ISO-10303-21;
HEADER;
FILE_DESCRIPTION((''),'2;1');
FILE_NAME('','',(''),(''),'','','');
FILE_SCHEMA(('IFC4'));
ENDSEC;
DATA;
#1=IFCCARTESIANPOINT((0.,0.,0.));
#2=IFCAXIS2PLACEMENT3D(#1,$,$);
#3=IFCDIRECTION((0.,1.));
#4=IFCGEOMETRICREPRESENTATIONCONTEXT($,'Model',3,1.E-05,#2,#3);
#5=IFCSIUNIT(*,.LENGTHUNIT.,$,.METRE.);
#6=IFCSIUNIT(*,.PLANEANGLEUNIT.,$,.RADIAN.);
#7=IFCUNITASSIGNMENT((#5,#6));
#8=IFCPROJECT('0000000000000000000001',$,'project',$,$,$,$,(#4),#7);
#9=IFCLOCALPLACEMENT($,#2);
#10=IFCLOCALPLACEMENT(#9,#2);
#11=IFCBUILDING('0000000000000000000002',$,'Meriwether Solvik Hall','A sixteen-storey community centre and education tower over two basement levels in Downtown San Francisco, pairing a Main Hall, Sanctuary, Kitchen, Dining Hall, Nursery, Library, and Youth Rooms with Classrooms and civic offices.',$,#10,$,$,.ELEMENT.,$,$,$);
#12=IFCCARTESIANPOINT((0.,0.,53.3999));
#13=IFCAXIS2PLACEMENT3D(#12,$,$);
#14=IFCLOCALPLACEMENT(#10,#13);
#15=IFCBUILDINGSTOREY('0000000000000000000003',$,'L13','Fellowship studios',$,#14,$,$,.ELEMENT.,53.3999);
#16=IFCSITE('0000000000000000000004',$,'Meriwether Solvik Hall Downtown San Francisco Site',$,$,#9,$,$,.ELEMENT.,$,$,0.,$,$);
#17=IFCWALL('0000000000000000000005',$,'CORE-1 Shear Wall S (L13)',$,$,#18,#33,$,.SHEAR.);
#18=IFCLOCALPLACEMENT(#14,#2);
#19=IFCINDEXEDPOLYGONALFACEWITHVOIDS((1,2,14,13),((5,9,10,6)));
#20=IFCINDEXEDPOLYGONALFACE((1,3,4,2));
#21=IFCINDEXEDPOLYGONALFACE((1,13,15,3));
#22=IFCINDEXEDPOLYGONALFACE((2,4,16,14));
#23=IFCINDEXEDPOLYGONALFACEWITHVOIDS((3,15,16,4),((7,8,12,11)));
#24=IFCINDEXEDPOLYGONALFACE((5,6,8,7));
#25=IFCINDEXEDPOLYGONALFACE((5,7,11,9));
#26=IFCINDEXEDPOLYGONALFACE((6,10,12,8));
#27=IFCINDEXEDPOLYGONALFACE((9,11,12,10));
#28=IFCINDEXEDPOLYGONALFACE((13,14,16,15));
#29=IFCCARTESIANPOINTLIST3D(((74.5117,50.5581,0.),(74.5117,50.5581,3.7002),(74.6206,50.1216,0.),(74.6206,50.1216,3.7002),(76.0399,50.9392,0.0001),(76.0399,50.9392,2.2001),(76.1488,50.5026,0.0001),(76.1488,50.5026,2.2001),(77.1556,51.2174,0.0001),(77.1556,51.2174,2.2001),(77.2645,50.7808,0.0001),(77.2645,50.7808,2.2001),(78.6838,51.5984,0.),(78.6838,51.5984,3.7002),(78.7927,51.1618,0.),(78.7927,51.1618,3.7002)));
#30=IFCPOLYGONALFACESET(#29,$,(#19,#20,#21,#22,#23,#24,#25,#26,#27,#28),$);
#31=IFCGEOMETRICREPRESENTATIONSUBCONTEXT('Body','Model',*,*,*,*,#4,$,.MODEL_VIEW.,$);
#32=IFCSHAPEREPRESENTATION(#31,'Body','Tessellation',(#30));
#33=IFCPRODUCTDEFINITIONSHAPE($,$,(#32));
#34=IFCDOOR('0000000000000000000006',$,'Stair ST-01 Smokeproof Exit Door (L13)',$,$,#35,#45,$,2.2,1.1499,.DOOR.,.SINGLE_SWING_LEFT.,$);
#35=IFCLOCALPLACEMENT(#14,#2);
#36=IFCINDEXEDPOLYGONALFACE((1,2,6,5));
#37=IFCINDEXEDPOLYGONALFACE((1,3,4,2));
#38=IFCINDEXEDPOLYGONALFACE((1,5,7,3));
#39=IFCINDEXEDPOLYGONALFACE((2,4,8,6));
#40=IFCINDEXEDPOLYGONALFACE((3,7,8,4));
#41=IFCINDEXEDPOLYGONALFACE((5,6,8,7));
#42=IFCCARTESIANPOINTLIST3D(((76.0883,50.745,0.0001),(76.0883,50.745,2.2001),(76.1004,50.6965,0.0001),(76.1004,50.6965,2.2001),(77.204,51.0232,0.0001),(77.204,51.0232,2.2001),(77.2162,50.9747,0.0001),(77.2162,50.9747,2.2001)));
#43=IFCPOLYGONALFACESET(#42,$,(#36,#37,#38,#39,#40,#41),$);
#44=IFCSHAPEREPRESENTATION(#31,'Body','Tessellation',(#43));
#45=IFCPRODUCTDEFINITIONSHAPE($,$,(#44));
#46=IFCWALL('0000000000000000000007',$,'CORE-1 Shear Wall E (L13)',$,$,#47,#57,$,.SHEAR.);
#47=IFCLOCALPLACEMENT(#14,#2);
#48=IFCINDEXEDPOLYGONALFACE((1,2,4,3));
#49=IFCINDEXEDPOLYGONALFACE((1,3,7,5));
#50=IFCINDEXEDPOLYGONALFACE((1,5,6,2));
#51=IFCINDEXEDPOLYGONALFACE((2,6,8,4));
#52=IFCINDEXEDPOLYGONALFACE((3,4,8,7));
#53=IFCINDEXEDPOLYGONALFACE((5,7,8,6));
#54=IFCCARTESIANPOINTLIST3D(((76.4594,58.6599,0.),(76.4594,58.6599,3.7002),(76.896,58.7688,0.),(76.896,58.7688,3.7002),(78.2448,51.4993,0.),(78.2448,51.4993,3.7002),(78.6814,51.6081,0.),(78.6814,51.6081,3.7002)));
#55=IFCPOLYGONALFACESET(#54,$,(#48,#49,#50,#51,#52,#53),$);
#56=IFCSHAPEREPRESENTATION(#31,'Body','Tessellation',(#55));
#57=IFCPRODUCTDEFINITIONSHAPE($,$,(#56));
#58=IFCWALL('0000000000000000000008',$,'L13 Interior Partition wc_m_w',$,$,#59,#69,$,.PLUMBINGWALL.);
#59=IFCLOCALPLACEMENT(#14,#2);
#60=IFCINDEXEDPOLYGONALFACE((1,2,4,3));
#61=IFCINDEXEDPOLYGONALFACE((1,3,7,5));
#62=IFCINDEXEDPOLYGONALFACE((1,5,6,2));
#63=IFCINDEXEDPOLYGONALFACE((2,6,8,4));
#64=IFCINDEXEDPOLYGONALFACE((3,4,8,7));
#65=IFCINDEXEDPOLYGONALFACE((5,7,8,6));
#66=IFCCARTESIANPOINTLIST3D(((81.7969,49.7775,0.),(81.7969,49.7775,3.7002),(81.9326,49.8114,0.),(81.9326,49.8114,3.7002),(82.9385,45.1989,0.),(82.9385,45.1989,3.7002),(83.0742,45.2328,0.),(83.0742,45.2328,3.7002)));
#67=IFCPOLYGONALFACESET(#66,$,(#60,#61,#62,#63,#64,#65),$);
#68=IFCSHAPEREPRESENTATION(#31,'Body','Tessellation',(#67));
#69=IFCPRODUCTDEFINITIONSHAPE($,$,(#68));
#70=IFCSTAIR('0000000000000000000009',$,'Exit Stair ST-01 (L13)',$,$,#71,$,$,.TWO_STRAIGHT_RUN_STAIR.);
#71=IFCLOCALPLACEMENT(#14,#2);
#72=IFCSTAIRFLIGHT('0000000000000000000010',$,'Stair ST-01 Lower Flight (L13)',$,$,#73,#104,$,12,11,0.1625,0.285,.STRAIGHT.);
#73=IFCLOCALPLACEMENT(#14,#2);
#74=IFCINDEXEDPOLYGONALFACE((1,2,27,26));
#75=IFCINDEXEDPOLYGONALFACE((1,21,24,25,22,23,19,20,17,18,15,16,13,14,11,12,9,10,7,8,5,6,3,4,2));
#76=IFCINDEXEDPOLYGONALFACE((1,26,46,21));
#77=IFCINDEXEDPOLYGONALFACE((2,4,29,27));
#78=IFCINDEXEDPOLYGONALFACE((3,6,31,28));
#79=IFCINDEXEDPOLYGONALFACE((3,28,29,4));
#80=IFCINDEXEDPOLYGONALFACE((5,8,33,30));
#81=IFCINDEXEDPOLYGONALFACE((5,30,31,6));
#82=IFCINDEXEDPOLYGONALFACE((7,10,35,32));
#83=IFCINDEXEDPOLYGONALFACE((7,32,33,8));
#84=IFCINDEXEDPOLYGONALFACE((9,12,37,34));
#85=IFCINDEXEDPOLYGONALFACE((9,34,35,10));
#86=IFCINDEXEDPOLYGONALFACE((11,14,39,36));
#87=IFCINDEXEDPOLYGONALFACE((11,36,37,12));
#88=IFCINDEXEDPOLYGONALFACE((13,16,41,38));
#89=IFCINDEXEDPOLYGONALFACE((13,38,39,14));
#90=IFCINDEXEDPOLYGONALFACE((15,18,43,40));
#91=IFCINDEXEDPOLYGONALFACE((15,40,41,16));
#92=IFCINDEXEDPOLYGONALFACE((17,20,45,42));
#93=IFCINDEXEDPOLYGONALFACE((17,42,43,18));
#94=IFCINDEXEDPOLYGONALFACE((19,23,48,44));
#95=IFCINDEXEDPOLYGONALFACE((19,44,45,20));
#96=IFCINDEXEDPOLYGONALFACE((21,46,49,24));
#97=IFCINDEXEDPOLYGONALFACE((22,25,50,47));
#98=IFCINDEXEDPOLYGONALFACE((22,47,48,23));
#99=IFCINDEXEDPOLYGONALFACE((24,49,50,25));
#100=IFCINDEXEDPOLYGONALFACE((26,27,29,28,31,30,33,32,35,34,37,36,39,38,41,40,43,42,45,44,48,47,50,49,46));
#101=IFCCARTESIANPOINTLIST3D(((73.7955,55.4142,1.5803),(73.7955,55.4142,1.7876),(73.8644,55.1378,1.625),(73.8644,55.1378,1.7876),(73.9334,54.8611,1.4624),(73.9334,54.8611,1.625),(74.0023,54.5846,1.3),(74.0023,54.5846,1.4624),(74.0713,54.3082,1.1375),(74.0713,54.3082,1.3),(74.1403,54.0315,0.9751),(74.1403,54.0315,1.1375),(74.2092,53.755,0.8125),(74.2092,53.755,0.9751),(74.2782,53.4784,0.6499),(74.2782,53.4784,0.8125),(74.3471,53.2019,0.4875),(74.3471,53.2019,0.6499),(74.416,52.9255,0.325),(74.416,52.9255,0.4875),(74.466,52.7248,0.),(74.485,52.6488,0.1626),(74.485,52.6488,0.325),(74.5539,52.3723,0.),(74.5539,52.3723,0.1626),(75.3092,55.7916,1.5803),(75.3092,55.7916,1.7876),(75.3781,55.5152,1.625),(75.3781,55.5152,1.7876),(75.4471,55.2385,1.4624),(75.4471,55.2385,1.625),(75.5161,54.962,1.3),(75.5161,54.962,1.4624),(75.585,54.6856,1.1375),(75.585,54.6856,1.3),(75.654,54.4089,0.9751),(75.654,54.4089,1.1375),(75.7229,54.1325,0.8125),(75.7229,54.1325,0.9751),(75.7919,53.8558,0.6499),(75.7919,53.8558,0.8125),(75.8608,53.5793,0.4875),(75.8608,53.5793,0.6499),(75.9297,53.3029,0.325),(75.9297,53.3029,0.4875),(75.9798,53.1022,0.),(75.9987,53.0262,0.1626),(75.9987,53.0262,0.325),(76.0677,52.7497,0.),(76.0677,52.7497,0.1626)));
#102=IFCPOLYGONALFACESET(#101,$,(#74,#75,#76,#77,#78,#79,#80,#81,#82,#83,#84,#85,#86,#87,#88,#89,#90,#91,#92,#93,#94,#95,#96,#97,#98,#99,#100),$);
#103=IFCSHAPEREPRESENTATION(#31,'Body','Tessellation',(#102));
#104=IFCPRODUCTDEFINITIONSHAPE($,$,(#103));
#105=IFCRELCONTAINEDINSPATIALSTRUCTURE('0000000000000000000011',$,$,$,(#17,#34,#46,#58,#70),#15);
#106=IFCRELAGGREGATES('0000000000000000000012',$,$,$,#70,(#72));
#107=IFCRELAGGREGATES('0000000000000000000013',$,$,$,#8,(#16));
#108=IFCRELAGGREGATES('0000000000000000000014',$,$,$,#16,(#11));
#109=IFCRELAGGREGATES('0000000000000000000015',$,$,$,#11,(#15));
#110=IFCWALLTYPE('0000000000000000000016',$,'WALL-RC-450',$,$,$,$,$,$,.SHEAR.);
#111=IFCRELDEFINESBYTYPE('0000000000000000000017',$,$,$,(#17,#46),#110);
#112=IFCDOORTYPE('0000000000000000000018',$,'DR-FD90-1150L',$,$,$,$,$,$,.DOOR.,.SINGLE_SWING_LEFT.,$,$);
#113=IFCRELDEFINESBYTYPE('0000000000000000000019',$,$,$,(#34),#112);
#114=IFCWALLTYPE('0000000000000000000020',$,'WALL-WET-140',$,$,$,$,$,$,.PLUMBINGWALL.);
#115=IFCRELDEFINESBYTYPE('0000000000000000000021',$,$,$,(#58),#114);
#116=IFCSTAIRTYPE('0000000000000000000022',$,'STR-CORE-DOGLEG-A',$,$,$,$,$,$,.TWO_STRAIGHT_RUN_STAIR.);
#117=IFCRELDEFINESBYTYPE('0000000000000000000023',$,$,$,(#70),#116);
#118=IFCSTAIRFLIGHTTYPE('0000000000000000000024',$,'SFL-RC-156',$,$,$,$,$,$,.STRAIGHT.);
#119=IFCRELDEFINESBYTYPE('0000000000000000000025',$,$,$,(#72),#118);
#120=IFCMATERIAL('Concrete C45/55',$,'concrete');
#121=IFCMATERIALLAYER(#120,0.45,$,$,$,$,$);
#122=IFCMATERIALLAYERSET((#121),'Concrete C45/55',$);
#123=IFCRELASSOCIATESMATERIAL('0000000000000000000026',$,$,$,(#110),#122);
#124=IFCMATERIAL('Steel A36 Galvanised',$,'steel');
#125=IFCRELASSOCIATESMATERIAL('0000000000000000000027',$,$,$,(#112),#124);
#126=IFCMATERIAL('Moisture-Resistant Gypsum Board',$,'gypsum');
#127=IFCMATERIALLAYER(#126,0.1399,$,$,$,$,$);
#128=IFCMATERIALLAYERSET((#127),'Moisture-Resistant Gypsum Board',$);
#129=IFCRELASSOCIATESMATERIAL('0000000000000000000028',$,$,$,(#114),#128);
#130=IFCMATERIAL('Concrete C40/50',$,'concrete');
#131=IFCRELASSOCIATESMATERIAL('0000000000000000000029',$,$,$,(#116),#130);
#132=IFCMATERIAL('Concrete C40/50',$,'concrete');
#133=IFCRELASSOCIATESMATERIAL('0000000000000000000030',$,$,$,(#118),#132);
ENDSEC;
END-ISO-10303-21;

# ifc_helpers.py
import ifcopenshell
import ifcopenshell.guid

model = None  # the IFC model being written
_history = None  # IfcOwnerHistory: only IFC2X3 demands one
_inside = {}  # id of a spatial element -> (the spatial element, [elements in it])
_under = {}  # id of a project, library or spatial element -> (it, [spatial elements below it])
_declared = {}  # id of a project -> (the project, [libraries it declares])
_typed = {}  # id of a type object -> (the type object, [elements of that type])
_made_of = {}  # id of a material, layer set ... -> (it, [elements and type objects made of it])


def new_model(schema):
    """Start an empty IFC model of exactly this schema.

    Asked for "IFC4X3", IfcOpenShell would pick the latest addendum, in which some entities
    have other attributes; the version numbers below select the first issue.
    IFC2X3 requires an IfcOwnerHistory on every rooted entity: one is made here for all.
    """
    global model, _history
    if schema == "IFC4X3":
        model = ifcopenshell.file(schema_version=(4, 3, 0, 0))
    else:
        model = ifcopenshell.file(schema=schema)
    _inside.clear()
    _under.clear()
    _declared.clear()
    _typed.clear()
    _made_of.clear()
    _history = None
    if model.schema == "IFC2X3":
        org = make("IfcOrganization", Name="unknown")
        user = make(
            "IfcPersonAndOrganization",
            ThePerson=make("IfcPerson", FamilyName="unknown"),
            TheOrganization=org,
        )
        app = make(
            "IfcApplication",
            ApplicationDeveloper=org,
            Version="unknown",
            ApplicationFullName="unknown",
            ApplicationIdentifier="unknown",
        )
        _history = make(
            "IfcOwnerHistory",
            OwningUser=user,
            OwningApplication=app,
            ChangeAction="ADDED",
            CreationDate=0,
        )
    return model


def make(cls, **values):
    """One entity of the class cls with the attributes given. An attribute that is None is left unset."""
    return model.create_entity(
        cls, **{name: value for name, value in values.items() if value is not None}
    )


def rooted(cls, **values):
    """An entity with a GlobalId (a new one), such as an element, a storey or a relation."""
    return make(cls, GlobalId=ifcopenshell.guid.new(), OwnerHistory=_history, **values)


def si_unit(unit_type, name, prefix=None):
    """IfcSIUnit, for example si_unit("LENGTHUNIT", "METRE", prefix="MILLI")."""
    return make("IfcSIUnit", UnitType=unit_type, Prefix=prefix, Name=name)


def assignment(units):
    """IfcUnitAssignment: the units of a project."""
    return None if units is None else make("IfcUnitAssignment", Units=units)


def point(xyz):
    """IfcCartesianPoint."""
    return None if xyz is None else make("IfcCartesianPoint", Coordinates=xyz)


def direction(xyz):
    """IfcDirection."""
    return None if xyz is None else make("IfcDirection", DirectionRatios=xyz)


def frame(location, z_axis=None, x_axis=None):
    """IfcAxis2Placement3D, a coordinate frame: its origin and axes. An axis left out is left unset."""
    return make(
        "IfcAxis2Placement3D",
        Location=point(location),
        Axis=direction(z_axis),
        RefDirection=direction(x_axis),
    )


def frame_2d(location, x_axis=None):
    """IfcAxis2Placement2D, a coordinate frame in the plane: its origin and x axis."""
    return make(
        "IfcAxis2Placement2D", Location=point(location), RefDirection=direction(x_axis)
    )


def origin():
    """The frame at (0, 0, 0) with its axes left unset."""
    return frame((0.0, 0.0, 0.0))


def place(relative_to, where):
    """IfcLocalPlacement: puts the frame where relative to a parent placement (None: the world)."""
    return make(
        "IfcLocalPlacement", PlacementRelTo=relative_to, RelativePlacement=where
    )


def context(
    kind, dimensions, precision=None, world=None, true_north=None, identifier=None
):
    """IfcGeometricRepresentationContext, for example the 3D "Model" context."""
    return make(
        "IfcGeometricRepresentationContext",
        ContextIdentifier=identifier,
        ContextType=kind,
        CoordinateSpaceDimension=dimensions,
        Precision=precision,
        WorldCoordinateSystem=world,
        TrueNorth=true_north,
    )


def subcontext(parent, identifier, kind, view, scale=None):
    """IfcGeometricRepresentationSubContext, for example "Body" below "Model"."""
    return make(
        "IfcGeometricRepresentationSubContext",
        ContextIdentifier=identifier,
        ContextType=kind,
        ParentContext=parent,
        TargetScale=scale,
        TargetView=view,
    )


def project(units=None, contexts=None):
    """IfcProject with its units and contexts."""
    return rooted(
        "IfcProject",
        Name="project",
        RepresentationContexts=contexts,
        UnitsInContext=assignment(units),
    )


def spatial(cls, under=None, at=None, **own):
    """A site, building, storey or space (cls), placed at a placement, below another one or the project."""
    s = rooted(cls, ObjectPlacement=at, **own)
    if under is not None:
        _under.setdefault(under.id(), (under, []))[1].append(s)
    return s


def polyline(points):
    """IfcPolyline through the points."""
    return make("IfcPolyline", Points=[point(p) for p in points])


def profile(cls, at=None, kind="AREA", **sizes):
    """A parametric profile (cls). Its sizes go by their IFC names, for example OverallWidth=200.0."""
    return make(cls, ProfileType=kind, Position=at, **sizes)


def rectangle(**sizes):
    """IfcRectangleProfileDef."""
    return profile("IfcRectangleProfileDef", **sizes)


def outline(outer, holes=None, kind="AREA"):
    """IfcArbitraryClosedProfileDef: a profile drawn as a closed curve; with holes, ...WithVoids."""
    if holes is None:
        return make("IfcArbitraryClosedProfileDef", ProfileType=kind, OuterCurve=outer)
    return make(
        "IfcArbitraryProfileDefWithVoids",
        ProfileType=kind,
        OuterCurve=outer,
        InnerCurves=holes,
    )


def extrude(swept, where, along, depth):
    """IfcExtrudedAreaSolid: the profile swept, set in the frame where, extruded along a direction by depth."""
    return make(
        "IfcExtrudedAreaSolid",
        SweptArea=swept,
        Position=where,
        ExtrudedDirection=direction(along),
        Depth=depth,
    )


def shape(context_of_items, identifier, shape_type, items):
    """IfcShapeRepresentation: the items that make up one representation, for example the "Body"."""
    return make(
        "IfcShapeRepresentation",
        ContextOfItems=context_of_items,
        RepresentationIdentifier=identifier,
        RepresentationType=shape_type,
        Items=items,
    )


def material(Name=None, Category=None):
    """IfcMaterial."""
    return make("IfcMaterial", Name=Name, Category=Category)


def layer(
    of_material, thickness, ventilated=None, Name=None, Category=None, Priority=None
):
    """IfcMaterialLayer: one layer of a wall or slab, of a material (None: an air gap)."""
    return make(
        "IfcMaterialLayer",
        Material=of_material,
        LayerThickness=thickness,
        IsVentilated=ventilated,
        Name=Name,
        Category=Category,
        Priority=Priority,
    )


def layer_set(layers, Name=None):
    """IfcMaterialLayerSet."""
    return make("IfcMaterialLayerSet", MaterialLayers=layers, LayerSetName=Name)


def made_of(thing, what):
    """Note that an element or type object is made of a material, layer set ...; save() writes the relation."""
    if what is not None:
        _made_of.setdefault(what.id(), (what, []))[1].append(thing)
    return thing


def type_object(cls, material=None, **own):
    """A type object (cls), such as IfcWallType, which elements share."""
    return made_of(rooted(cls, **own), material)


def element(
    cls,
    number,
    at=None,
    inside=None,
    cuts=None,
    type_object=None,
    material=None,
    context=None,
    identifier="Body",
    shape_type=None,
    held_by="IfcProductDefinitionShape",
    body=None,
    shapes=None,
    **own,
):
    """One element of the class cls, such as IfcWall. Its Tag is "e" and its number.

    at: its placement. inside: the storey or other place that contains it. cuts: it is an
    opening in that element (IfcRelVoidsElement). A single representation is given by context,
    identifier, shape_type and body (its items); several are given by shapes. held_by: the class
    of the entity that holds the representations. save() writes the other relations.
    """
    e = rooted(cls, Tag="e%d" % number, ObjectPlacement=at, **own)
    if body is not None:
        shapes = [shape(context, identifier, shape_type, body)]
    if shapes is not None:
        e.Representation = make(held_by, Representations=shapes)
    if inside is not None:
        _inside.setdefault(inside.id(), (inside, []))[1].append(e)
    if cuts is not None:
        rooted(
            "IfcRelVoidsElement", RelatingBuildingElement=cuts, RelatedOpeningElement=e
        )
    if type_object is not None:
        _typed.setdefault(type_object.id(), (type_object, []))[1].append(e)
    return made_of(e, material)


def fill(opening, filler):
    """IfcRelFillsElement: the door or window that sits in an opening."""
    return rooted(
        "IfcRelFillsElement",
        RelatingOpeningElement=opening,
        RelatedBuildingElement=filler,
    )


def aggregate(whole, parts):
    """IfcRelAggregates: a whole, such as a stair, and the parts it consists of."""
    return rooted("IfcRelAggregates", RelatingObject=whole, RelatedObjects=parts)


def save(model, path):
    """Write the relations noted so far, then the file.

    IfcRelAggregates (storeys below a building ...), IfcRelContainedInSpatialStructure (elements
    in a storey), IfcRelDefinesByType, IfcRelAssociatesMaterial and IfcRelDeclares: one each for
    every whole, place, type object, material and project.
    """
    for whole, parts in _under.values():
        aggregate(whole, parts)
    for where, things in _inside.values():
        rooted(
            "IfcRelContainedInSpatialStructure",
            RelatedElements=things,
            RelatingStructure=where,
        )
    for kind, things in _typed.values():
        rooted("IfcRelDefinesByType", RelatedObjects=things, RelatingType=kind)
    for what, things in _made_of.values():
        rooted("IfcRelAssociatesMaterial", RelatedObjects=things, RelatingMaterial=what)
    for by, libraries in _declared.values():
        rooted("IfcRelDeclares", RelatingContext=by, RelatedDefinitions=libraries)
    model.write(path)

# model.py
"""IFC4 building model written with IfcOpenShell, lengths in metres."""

from ifc_helpers import new_model, si_unit, direction, frame, frame_2d, origin, place, context, subcontext, project, spatial, polyline, rectangle, outline, extrude, material, layer, layer_set, type_object, element, fill, aggregate, save


model = new_model("IFC4")

# Units and contexts
model_context = context("Model", 3, precision=1e-05, world=origin(), true_north=direction((0.0, 1.0)))
body_context = subcontext(model_context, "Body", "Model", "MODEL_VIEW")
ifc_project = project(units=[si_unit("LENGTHUNIT", "METRE"), si_unit("PLANEANGLEUNIT", "RADIAN")], contexts=[model_context])

# Site, building, storey
site_placement = place(None, origin())
site = spatial("IfcSite", under=ifc_project, at=site_placement, Name="Meriwether Solvik Hall Downtown San Francisco Site", CompositionType="ELEMENT", RefElevation=0.0)
building_placement = place(site_placement, origin())
building = spatial("IfcBuilding", under=site, at=building_placement, Name="Meriwether Solvik Hall", Description="A sixteen-storey community centre and education tower over two basement levels in Downtown San Francisco, pairing a Main Hall, Sanctuary, Kitchen, Dining Hall, Nursery, Library, and Youth Rooms with Classrooms and civic offices.", CompositionType="ELEMENT")
storey_placement = place(building_placement, frame((0.0, 0.0, 53.3999)))
storey = spatial("IfcBuildingStorey", under=building, at=storey_placement, Name="L13", Description="Fellowship studios", CompositionType="ELEMENT", Elevation=53.3999)

# Wall, opening, door
ifc_material_1 = material(Name="Concrete C45/55", Category="concrete")
ifc_layer_1 = layer(ifc_material_1, 0.45)
ifc_layer_set_1 = layer_set([ifc_layer_1], Name="Concrete C45/55")
wall_type_1 = type_object("IfcWallType", Name="WALL-RC-450", PredefinedType="SHEAR", material=ifc_layer_set_1)
wall_1_placement = place(storey_placement, frame((74.5662, 50.3398, 0.0), z_axis=(0.0, 0.0, 1.0), x_axis=(0.970293, 0.241934, 0.0)))
wall_1 = element("IfcWall", 1, at=wall_1_placement, inside=storey, type_object=wall_type_1, Name="CORE-1 Shear Wall S (L13)", PredefinedType="SHEAR", context=body_context, shape_type="SweptSolid", body=[
    extrude(rectangle(XDim=4.2998, YDim=0.45, at=frame_2d((2.1499, 0.0))), origin(), (0.0, 0.0, 1.0), 3.7002),
])
opening_placement = place(wall_1_placement, frame((1.575, 0.0, 0.0)))
opening = element("IfcOpeningElement", 2, at=opening_placement, cuts=wall_1, PredefinedType="OPENING", context=body_context, shape_type="SweptSolid", body=[
    extrude(rectangle(XDim=1.1499, YDim=2.2, at=frame_2d((0.575, 1.1001))), frame((0.0, 0.2368, 0.0), z_axis=(0.0, -1.0, 0.0), x_axis=(1.0, 0.0, 0.0)), (0.0, 0.0, 1.0), 0.4739),
])
ifc_material_2 = material(Name="Steel A36 Galvanised", Category="steel")
door_type = type_object("IfcDoorType", Name="DR-FD90-1150L", OperationType="SINGLE_SWING_LEFT", PredefinedType="DOOR", material=ifc_material_2)
door_placement = place(opening_placement, origin())
door = element("IfcDoor", 3, at=door_placement, inside=storey, type_object=door_type, Name="Stair ST-01 Smokeproof Exit Door (L13)", OperationType="SINGLE_SWING_LEFT", OverallHeight=2.2, OverallWidth=1.1499, PredefinedType="DOOR", context=body_context, shape_type="SweptSolid", body=[
    extrude(rectangle(XDim=1.1499, YDim=2.2, at=frame_2d((0.575, 1.1001))), frame((0.0, 0.0249, 0.0), z_axis=(0.0, -1.0, 0.0), x_axis=(1.0, 0.0, 0.0)), (0.0, 0.0, 1.0), 0.05),
])
fill(opening, door)

# Walls
wall_2_placement = place(storey_placement, frame((78.4631, 51.5537, 0.0), z_axis=(0.0, 0.0, 1.0), x_axis=(-0.241928, 0.970294, 0.0)))
element("IfcWall", 4, at=wall_2_placement, inside=storey, type_object=wall_type_1, Name="CORE-1 Shear Wall E (L13)", PredefinedType="SHEAR", context=body_context, shape_type="SweptSolid", body=[
    extrude(rectangle(XDim=7.3799, YDim=0.45, at=frame_2d((3.6899, 0.0))), origin(), (0.0, 0.0, 1.0), 3.7002),
])
ifc_material_3 = material(Name="Moisture-Resistant Gypsum Board", Category="gypsum")
ifc_layer_2 = layer(ifc_material_3, 0.1399)
ifc_layer_set_2 = layer_set([ifc_layer_2], Name="Moisture-Resistant Gypsum Board")
wall_type_2 = type_object("IfcWallType", Name="WALL-WET-140", PredefinedType="PLUMBINGWALL", material=ifc_layer_set_2)
wall_3_placement = place(storey_placement, frame((81.8647, 49.7944, 0.0), z_axis=(0.0, 0.0, 1.0), x_axis=(0.241927, -0.970294, 0.0)))
element("IfcWall", 5, at=wall_3_placement, inside=storey, type_object=wall_type_2, Name="L13 Interior Partition wc_m_w", PredefinedType="PLUMBINGWALL", context=body_context, shape_type="SweptSolid", body=[
    extrude(rectangle(XDim=4.7188, YDim=0.1399, at=frame_2d((2.3594, 0.0))), origin(), (0.0, 0.0, 1.0), 3.7002),
])

# Stair, stair flight
ifc_material_4 = material(Name="Concrete C40/50", Category="concrete")
stair_type = type_object("IfcStairType", Name="STR-CORE-DOGLEG-A", PredefinedType="TWO_STRAIGHT_RUN_STAIR", material=ifc_material_4)
stair_placement = place(storey_placement, origin())
stair = element("IfcStair", 6, at=stair_placement, inside=storey, type_object=stair_type, Name="Exit Stair ST-01 (L13)", PredefinedType="TWO_STRAIGHT_RUN_STAIR")
ifc_material_5 = material(Name="Concrete C40/50", Category="concrete")
stair_flight_type = type_object("IfcStairFlightType", Name="SFL-RC-156", PredefinedType="STRAIGHT", material=ifc_material_5)
stair_flight_placement = place(storey_placement, frame((75.3108, 52.561, 0.0), z_axis=(0.0, 0.0, 1.0), x_axis=(-0.241922, 0.970296, 0.0)))
stair_flight = element("IfcStairFlight", 7, at=stair_flight_placement, type_object=stair_flight_type, Name="Stair ST-01 Lower Flight (L13)", NumberOfRisers=12, NumberOfTreads=11, PredefinedType="STRAIGHT", RiserHeight=0.1625, TreadLength=0.285, context=body_context, shape_type="SweptSolid", body=[
    extrude(outline(polyline([(0.0, 0.0), (0.0, 0.1626), (0.2849, 0.1626), (0.2849, 0.325), (0.5701, 0.325), (0.5701, 0.4875), (0.855, 0.4875), (0.855, 0.6499), (1.1399, 0.6499), (1.1399, 0.8125), (1.425, 0.8125), (1.425, 0.9751), (1.71, 0.9751), (1.71, 1.1375), (1.9951, 1.1375), (1.9951, 1.3), (2.28, 1.3), (2.28, 1.4624), (2.5649, 1.4624), (2.5649, 1.625), (2.8501, 1.625), (2.8501, 1.7876), (3.135, 1.7876), (3.135, 1.95), (3.135, 1.5803), (0.3633, 0.0), (0.0, 0.0)])), frame((0.0, 0.78, 0.0), z_axis=(0.0, -1.0, 0.0), x_axis=(1.0, 0.0, 0.0)), (0.0, 0.0, 1.0), 1.5601),
])
aggregate(stair, [stair_flight])

save(model, "model.ifc")
